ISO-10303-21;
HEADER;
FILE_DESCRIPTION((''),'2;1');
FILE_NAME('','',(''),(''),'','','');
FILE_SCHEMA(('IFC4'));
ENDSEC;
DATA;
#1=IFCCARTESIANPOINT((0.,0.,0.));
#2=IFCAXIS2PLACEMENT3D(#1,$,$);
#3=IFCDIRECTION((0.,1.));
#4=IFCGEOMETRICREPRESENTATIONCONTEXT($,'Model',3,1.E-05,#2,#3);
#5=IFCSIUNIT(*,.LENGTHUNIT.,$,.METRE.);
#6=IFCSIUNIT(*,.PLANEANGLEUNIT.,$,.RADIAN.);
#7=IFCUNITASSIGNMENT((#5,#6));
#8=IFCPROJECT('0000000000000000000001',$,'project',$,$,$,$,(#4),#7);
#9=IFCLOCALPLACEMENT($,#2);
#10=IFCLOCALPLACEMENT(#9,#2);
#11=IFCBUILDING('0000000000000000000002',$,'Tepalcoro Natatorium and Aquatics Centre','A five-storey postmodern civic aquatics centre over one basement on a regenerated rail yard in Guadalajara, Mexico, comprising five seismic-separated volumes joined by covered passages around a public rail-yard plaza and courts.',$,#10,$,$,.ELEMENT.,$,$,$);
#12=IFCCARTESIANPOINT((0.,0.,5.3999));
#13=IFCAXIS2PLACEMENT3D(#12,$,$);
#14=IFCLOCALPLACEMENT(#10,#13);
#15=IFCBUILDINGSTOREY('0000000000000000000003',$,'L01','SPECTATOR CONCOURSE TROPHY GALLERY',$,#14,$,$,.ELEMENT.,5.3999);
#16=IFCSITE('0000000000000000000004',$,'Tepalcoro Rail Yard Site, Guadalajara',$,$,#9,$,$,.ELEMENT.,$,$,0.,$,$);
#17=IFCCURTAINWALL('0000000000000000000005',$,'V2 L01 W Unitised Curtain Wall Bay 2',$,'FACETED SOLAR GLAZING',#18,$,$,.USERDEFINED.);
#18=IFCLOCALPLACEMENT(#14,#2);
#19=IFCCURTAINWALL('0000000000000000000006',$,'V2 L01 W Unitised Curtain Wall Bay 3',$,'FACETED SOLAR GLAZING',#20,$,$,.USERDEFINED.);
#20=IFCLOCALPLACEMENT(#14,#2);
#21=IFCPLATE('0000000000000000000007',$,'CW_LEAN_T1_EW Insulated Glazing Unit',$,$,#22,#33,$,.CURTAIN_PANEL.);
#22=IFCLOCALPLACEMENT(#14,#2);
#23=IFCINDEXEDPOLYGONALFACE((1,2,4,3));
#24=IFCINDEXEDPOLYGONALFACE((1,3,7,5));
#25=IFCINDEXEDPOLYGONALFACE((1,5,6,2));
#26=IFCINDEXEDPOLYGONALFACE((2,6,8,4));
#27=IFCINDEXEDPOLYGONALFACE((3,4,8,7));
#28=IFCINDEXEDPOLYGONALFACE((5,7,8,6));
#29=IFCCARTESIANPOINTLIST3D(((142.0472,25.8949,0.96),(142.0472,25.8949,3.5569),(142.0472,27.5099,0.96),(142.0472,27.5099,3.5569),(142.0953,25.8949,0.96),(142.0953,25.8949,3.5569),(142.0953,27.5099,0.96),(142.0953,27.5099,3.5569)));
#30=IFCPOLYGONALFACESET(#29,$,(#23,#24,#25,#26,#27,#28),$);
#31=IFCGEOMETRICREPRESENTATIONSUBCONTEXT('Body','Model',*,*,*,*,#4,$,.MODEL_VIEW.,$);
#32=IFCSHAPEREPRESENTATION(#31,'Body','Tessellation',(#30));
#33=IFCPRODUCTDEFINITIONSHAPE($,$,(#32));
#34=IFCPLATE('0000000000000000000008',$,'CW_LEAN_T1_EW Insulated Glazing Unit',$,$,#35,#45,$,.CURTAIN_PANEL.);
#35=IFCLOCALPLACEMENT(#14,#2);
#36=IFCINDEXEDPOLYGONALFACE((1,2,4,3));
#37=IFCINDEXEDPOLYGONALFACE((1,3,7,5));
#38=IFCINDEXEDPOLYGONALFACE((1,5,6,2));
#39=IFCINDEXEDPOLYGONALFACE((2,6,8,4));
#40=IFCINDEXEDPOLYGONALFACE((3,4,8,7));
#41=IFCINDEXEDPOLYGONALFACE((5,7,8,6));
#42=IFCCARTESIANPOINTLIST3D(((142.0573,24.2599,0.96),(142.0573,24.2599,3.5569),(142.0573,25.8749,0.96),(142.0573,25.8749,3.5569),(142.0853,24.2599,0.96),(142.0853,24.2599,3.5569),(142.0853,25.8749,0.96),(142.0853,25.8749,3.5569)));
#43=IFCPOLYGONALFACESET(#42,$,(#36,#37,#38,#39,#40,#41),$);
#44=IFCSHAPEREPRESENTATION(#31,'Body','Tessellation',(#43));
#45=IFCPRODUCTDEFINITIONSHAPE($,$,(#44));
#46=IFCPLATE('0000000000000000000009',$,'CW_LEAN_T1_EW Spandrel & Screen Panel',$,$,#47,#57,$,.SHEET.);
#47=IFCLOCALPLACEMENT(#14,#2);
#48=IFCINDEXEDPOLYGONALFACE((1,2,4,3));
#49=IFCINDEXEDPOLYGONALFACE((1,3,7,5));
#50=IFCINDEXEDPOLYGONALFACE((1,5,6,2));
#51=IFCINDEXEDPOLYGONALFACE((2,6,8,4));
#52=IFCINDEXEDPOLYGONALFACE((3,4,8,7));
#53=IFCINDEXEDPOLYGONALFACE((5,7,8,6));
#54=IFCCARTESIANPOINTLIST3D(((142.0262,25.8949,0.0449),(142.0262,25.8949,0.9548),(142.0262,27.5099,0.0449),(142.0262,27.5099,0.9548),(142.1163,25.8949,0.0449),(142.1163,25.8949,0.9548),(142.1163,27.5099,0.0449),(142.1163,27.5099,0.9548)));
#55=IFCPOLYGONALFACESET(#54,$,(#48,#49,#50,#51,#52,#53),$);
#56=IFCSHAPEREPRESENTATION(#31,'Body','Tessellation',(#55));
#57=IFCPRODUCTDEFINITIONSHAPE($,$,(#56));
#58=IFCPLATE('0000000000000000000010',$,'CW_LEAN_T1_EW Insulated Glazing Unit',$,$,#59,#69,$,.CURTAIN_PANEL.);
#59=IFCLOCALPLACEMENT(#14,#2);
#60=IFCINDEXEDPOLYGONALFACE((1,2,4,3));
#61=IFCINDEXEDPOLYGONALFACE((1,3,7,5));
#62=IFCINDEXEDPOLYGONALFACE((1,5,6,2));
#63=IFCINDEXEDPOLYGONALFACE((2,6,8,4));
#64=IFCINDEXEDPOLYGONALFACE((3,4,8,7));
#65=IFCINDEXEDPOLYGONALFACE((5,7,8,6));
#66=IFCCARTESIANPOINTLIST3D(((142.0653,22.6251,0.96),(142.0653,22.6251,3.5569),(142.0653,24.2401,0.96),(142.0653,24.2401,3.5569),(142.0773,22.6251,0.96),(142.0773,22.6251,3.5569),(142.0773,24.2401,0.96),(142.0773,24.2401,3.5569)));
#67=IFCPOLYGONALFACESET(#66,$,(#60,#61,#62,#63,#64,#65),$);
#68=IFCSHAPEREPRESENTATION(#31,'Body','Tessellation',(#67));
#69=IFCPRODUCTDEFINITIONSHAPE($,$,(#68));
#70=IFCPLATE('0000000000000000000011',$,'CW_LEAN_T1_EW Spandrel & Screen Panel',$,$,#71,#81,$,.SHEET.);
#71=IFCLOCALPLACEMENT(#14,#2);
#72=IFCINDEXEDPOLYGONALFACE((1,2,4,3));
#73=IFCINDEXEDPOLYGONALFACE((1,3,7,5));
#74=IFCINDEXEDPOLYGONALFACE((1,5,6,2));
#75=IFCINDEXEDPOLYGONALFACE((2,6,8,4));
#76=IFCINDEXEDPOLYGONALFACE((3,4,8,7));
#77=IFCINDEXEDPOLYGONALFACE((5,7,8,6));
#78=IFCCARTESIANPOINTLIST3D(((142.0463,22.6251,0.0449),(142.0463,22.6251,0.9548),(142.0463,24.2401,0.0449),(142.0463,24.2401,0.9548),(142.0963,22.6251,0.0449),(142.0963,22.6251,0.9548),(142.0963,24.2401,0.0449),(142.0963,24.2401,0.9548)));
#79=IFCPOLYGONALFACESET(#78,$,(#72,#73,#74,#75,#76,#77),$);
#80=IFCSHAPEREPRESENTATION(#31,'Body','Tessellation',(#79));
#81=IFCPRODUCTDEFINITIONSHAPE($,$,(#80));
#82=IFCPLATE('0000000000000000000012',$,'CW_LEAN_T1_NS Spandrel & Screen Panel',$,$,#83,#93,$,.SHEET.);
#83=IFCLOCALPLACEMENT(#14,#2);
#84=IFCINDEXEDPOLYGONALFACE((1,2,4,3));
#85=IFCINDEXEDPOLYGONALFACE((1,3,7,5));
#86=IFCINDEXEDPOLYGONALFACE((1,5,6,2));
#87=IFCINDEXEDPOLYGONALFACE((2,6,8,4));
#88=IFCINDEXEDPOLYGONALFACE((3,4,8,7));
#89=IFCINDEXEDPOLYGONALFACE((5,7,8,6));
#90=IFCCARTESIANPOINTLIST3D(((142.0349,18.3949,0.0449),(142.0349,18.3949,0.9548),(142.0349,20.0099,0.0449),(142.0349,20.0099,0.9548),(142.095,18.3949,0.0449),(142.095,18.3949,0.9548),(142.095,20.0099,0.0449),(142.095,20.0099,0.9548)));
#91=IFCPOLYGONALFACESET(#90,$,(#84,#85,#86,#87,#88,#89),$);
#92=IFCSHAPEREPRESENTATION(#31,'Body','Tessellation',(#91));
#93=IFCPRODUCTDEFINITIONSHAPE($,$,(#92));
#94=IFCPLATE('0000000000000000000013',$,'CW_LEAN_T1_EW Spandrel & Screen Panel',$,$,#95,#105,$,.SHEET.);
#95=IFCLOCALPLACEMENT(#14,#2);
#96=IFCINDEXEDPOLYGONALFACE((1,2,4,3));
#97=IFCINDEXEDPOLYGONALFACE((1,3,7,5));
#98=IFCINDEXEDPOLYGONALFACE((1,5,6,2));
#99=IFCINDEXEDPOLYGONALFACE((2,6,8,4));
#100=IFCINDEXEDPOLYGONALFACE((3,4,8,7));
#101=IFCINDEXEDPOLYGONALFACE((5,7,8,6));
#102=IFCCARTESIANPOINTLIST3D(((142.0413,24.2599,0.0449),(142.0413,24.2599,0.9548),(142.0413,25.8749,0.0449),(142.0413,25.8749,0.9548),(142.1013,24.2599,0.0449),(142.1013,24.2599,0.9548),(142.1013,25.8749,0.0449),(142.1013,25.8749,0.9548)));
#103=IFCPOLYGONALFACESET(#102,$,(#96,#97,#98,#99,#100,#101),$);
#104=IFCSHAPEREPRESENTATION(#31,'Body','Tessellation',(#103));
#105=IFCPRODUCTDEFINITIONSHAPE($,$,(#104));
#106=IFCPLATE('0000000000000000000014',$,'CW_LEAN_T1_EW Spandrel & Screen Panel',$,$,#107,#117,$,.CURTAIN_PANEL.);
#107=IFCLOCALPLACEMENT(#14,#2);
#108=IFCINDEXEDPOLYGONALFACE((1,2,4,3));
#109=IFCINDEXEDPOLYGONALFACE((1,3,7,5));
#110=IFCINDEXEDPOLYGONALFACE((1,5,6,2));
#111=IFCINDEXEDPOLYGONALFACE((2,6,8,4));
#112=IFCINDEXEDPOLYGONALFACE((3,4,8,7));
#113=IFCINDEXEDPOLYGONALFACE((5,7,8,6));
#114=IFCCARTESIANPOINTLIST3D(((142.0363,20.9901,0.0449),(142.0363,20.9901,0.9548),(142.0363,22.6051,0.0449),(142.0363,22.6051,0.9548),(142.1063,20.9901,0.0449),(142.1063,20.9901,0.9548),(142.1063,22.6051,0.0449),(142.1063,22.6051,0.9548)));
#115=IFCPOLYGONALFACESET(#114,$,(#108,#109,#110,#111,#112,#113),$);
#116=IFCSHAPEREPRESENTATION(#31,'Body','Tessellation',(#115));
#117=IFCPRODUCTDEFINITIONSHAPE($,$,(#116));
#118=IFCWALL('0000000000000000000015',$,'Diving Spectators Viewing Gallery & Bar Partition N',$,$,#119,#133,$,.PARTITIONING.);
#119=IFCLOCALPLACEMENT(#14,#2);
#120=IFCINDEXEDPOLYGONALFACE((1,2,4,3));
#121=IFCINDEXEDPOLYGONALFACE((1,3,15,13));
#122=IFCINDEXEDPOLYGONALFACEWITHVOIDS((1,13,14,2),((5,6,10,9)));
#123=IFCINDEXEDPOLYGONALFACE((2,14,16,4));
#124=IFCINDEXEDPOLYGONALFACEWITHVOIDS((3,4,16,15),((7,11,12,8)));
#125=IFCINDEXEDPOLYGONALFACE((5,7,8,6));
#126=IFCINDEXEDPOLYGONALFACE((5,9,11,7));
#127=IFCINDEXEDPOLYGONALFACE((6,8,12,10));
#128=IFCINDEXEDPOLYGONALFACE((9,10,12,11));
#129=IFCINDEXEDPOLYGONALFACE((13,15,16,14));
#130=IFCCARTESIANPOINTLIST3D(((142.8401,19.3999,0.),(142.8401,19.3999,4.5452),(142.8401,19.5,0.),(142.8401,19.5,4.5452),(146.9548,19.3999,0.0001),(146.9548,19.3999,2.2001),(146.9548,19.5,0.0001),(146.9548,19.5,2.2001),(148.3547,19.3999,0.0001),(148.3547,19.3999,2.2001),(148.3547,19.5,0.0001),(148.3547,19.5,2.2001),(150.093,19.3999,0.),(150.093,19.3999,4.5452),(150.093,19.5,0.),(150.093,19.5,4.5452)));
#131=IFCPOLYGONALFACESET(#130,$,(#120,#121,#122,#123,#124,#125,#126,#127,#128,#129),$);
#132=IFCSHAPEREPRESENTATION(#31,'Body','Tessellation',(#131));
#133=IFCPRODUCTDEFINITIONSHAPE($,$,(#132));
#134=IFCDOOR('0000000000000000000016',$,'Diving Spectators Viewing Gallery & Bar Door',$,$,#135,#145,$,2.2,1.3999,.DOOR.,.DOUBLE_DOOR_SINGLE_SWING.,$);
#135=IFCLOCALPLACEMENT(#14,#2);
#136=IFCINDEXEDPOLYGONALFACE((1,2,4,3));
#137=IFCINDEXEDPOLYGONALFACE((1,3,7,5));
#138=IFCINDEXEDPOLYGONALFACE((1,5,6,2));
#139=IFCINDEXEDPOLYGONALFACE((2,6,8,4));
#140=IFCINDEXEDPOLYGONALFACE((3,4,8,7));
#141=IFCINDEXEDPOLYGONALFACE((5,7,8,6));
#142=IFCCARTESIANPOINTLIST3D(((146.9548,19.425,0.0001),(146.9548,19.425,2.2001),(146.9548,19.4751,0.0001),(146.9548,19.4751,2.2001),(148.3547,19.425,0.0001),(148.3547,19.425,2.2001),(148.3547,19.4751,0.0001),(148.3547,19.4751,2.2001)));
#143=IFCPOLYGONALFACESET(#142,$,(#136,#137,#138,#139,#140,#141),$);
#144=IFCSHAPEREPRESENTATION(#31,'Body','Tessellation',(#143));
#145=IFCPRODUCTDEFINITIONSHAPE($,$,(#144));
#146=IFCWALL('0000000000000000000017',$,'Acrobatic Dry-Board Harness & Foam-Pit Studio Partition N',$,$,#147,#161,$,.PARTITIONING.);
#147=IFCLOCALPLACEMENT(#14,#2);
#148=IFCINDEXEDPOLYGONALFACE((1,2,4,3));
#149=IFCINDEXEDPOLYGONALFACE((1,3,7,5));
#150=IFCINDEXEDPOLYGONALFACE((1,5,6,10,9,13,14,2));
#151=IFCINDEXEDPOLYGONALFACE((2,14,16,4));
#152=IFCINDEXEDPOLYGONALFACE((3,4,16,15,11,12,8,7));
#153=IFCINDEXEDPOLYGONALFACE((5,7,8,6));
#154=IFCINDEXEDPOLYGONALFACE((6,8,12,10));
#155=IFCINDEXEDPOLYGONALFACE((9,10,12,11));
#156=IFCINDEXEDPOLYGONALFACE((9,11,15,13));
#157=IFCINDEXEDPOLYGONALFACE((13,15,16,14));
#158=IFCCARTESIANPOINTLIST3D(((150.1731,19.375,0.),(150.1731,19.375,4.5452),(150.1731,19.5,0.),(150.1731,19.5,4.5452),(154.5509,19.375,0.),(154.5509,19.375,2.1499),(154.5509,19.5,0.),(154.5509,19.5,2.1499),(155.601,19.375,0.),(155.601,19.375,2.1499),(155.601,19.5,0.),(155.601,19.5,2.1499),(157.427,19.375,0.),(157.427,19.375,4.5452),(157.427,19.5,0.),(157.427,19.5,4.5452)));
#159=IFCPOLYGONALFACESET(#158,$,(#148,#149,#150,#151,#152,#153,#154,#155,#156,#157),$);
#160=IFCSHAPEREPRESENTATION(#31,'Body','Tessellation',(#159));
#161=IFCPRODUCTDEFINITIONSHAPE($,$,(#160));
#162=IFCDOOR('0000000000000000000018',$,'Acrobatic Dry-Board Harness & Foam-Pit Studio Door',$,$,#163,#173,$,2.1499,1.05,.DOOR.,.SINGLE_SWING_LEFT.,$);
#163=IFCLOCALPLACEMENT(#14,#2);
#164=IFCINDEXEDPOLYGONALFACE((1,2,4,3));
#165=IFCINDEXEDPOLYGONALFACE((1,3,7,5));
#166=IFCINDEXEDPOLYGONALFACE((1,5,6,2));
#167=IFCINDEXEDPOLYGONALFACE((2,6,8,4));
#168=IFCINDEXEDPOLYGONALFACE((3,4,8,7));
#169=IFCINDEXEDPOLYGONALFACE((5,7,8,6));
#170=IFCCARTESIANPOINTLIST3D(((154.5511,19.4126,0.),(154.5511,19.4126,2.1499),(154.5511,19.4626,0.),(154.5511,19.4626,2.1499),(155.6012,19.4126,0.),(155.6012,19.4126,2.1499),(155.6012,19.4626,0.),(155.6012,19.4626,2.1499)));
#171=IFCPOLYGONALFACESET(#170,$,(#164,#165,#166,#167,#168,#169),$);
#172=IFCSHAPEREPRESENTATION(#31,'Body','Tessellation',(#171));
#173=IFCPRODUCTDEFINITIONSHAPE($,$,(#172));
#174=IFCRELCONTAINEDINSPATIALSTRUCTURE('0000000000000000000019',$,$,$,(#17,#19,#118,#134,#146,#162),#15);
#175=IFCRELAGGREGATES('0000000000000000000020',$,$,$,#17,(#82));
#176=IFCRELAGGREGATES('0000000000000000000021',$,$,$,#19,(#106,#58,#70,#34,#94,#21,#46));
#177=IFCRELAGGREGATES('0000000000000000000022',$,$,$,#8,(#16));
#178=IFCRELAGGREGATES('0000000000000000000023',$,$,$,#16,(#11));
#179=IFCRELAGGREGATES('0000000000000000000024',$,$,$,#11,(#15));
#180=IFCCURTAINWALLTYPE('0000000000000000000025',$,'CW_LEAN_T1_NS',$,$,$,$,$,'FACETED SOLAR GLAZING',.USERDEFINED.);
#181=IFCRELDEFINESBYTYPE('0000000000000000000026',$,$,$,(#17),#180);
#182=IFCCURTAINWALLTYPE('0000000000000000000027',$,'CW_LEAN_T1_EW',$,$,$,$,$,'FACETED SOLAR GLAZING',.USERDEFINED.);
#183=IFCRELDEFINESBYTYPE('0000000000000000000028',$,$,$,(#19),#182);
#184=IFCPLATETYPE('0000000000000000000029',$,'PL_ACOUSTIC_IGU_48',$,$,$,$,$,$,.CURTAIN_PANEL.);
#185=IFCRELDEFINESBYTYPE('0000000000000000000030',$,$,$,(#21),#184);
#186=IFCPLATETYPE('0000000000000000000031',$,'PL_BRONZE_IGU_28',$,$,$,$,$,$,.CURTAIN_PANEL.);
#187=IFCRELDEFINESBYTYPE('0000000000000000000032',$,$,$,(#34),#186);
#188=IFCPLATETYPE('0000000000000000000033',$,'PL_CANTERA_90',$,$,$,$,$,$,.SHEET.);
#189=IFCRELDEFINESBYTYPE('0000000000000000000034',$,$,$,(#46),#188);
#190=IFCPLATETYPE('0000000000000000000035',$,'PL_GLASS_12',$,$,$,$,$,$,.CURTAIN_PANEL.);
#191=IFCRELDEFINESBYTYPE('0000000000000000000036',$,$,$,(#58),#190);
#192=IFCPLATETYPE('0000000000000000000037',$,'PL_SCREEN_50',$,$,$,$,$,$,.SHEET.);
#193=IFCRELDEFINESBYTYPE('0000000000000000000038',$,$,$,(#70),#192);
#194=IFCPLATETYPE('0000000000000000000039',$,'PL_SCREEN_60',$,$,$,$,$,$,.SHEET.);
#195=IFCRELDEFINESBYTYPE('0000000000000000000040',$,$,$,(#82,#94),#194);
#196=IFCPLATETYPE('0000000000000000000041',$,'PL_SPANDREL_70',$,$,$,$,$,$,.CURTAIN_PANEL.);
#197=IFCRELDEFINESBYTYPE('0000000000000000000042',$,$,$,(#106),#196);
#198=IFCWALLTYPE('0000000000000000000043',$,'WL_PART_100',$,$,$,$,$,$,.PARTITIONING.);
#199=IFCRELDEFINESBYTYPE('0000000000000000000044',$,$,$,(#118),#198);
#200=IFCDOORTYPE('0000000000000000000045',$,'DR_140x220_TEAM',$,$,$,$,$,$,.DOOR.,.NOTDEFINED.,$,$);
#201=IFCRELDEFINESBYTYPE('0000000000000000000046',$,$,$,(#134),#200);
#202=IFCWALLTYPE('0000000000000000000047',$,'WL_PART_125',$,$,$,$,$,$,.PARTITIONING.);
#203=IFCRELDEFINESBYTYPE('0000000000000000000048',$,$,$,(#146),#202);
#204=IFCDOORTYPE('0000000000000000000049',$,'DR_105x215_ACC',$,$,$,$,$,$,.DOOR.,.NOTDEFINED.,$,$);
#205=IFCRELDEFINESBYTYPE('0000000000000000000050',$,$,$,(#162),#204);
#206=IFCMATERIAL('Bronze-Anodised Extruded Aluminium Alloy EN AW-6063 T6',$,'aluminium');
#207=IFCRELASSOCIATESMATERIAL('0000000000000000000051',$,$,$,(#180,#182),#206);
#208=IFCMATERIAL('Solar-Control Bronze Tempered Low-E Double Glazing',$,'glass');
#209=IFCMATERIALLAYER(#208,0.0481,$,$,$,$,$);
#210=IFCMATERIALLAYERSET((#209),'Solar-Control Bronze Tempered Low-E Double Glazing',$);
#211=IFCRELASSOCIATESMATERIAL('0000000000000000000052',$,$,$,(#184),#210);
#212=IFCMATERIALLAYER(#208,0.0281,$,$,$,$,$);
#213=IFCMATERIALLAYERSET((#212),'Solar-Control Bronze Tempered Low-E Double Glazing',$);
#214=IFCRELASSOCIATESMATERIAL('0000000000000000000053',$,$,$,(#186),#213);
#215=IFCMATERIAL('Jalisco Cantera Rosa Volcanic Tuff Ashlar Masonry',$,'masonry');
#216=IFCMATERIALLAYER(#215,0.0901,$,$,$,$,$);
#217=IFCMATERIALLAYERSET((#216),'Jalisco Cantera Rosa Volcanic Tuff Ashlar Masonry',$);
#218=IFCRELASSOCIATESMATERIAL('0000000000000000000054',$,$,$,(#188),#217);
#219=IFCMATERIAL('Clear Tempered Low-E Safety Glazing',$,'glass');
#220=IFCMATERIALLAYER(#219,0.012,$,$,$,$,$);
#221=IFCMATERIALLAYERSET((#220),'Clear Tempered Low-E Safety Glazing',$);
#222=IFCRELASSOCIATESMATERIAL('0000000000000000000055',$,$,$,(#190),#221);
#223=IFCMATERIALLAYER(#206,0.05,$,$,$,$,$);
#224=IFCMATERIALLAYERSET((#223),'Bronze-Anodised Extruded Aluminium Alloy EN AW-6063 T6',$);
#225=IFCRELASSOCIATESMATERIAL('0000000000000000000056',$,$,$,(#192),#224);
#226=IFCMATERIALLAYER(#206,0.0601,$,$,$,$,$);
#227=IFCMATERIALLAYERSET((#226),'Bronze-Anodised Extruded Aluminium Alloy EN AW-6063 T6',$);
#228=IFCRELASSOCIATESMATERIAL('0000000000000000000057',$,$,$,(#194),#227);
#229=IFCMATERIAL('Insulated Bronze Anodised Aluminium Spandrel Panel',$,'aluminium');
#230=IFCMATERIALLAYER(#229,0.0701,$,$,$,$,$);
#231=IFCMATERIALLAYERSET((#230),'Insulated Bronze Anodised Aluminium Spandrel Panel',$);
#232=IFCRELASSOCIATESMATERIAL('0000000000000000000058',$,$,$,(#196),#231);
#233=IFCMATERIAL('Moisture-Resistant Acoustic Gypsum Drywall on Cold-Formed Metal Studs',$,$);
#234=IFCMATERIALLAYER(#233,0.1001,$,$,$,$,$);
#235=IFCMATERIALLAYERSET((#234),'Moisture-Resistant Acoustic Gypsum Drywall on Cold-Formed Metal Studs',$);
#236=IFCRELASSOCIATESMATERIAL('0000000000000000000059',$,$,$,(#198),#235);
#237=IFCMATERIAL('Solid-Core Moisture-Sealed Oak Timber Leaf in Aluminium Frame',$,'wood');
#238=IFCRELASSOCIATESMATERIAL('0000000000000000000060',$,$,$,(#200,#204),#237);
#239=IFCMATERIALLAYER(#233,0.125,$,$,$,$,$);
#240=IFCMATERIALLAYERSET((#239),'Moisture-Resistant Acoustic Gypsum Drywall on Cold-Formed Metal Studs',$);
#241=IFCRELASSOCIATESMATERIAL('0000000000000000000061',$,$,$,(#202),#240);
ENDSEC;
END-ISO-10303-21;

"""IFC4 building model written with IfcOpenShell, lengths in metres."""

from ifc_helpers import new_model, si_unit, direction, frame, frame_2d, origin, origin_2d, place, context, subcontext, project, spatial, rectangle, extrude, material, layer, layer_set, type_object, element, fill, aggregate, save


model = new_model("IFC4")

# Units and contexts
model_context = context("Model", 3, precision=1e-05, world=origin(), true_north=direction((0.0, 1.0)))
body_context = subcontext(model_context, "Body", "Model", "MODEL_VIEW")
ifc_project = project(units=[si_unit("LENGTHUNIT", "METRE"), si_unit("PLANEANGLEUNIT", "RADIAN")], contexts=[model_context])

# Site, building, storey
site_placement = place(None, origin())
site = spatial("IfcSite", under=ifc_project, at=site_placement, Name="Tepalcoro Rail Yard Site, Guadalajara", CompositionType="ELEMENT", RefElevation=0.0)
building_placement = place(site_placement, origin())
building = spatial("IfcBuilding", under=site, at=building_placement, Name="Tepalcoro Natatorium and Aquatics Centre", Description="A five-storey postmodern civic aquatics centre over one basement on a regenerated rail yard in Guadalajara, Mexico, comprising five seismic-separated volumes joined by covered passages around a public rail-yard plaza and courts.", CompositionType="ELEMENT")
storey_placement = place(building_placement, frame((0.0, 0.0, 5.3999)))
storey = spatial("IfcBuildingStorey", under=building, at=storey_placement, Name="L01", Description="SPECTATOR CONCOURSE TROPHY GALLERY", CompositionType="ELEMENT", Elevation=5.3999)

# Curtain wall
ifc_material_1 = material(Name="Bronze-Anodised Extruded Aluminium Alloy EN AW-6063 T6", Category="aluminium")
curtain_wall_type_1 = type_object("IfcCurtainWallType", Name="CW_LEAN_T1_NS", ElementType="FACETED SOLAR GLAZING", PredefinedType="USERDEFINED", material=ifc_material_1)
curtain_wall_1_placement = place(storey_placement, origin())
curtain_wall_1 = element("IfcCurtainWall", 1, at=curtain_wall_1_placement, inside=storey, type_object=curtain_wall_type_1, Name="V2 L01 W Unitised Curtain Wall Bay 2", ObjectType="FACETED SOLAR GLAZING", PredefinedType="USERDEFINED")

# Curtain wall, plates
curtain_wall_type_2 = type_object("IfcCurtainWallType", Name="CW_LEAN_T1_EW", ElementType="FACETED SOLAR GLAZING", PredefinedType="USERDEFINED", material=ifc_material_1)
curtain_wall_2_placement = place(storey_placement, origin())
curtain_wall_2 = element("IfcCurtainWall", 2, at=curtain_wall_2_placement, inside=storey, type_object=curtain_wall_type_2, Name="V2 L01 W Unitised Curtain Wall Bay 3", ObjectType="FACETED SOLAR GLAZING", PredefinedType="USERDEFINED")
ifc_material_2 = material(Name="Solar-Control Bronze Tempered Low-E Double Glazing", Category="glass")
ifc_layer_1 = layer(ifc_material_2, 0.0481)
ifc_layer_set_1 = layer_set([ifc_layer_1], Name="Solar-Control Bronze Tempered Low-E Double Glazing")
plate_type_1 = type_object("IfcPlateType", Name="PL_ACOUSTIC_IGU_48", PredefinedType="CURTAIN_PANEL", material=ifc_layer_set_1)
plate_1_placement = place(storey_placement, frame((142.0713, 26.7024, 0.96), z_axis=(0.0, 0.0, 1.0), x_axis=(1.0, 0.0, 0.0)))
plate_1 = element("IfcPlate", 3, at=plate_1_placement, type_object=plate_type_1, Name="CW_LEAN_T1_EW Insulated Glazing Unit", PredefinedType="CURTAIN_PANEL", context=body_context, shape_type="SweptSolid", body=[
    extrude(rectangle(XDim=0.0481, YDim=1.615, at=origin_2d()), origin(), (0.0, 0.0, 1.0), 2.5969),
])
ifc_layer_2 = layer(ifc_material_2, 0.0281)
ifc_layer_set_2 = layer_set([ifc_layer_2], Name="Solar-Control Bronze Tempered Low-E Double Glazing")
plate_type_2 = type_object("IfcPlateType", Name="PL_BRONZE_IGU_28", PredefinedType="CURTAIN_PANEL", material=ifc_layer_set_2)
plate_2_placement = place(storey_placement, frame((142.0713, 25.0674, 0.96), z_axis=(0.0, 0.0, 1.0), x_axis=(1.0, 0.0, 0.0)))
plate_2 = element("IfcPlate", 4, at=plate_2_placement, type_object=plate_type_2, Name="CW_LEAN_T1_EW Insulated Glazing Unit", PredefinedType="CURTAIN_PANEL", context=body_context, shape_type="SweptSolid", body=[
    extrude(rectangle(XDim=0.0281, YDim=1.615, at=origin_2d()), origin(), (0.0, 0.0, 1.0), 2.5969),
])
ifc_material_3 = material(Name="Jalisco Cantera Rosa Volcanic Tuff Ashlar Masonry", Category="masonry")
ifc_layer_3 = layer(ifc_material_3, 0.0901)
ifc_layer_set_3 = layer_set([ifc_layer_3], Name="Jalisco Cantera Rosa Volcanic Tuff Ashlar Masonry")
plate_type_3 = type_object("IfcPlateType", Name="PL_CANTERA_90", PredefinedType="SHEET", material=ifc_layer_set_3)
plate_3_placement = place(storey_placement, frame((142.0713, 26.7024, 0.0449), z_axis=(0.0, 0.0, 1.0), x_axis=(1.0, 0.0, 0.0)))
plate_3 = element("IfcPlate", 5, at=plate_3_placement, type_object=plate_type_3, Name="CW_LEAN_T1_EW Spandrel & Screen Panel", PredefinedType="SHEET", context=body_context, shape_type="SweptSolid", body=[
    extrude(rectangle(XDim=0.0901, YDim=1.615, at=origin_2d()), origin(), (0.0, 0.0, 1.0), 0.9099),
])
ifc_material_4 = material(Name="Clear Tempered Low-E Safety Glazing", Category="glass")
ifc_layer_4 = layer(ifc_material_4, 0.012)
ifc_layer_set_4 = layer_set([ifc_layer_4], Name="Clear Tempered Low-E Safety Glazing")
plate_type_4 = type_object("IfcPlateType", Name="PL_GLASS_12", PredefinedType="CURTAIN_PANEL", material=ifc_layer_set_4)
plate_4_placement = place(storey_placement, frame((142.0713, 23.4326, 0.96), z_axis=(0.0, 0.0, 1.0), x_axis=(1.0, 0.0, 0.0)))
plate_4 = element("IfcPlate", 6, at=plate_4_placement, type_object=plate_type_4, Name="CW_LEAN_T1_EW Insulated Glazing Unit", PredefinedType="CURTAIN_PANEL", context=body_context, shape_type="SweptSolid", body=[
    extrude(rectangle(XDim=0.012, YDim=1.615, at=origin_2d()), origin(), (0.0, 0.0, 1.0), 2.5969),
])
ifc_layer_5 = layer(ifc_material_1, 0.05)
ifc_layer_set_5 = layer_set([ifc_layer_5], Name="Bronze-Anodised Extruded Aluminium Alloy EN AW-6063 T6")
plate_type_5 = type_object("IfcPlateType", Name="PL_SCREEN_50", PredefinedType="SHEET", material=ifc_layer_set_5)
plate_5_placement = place(storey_placement, frame((142.0713, 23.4326, 0.0449), z_axis=(0.0, 0.0, 1.0), x_axis=(1.0, 0.0, 0.0)))
plate_5 = element("IfcPlate", 7, at=plate_5_placement, type_object=plate_type_5, Name="CW_LEAN_T1_EW Spandrel & Screen Panel", PredefinedType="SHEET", context=body_context, shape_type="SweptSolid", body=[
    extrude(rectangle(XDim=0.05, YDim=1.615, at=origin_2d()), origin(), (0.0, 0.0, 1.0), 0.9099),
])

# Plates
ifc_layer_6 = layer(ifc_material_1, 0.0601)
ifc_layer_set_6 = layer_set([ifc_layer_6], Name="Bronze-Anodised Extruded Aluminium Alloy EN AW-6063 T6")
plate_type_6 = type_object("IfcPlateType", Name="PL_SCREEN_60", PredefinedType="SHEET", material=ifc_layer_set_6)
plate_6_placement = place(storey_placement, frame((142.0649, 19.2024, 0.0449), z_axis=(0.0, 0.0, 1.0), x_axis=(1.0, 0.0, 0.0)))
plate_6 = element("IfcPlate", 8, at=plate_6_placement, type_object=plate_type_6, Name="CW_LEAN_T1_NS Spandrel & Screen Panel", PredefinedType="SHEET", context=body_context, shape_type="SweptSolid", body=[
    extrude(rectangle(XDim=0.0601, YDim=1.615, at=origin_2d()), origin(), (0.0, 0.0, 1.0), 0.9099),
])
aggregate(curtain_wall_1, [plate_6])
plate_7_placement = place(storey_placement, frame((142.0713, 25.0674, 0.0449), z_axis=(0.0, 0.0, 1.0), x_axis=(1.0, 0.0, 0.0)))
plate_7 = element("IfcPlate", 9, at=plate_7_placement, type_object=plate_type_6, Name="CW_LEAN_T1_EW Spandrel & Screen Panel", PredefinedType="SHEET", context=body_context, shape_type="SweptSolid", body=[
    extrude(rectangle(XDim=0.0601, YDim=1.615, at=origin_2d()), origin(), (0.0, 0.0, 1.0), 0.9099),
])
ifc_material_5 = material(Name="Insulated Bronze Anodised Aluminium Spandrel Panel", Category="aluminium")
ifc_layer_7 = layer(ifc_material_5, 0.0701)
ifc_layer_set_7 = layer_set([ifc_layer_7], Name="Insulated Bronze Anodised Aluminium Spandrel Panel")
plate_type_7 = type_object("IfcPlateType", Name="PL_SPANDREL_70", PredefinedType="CURTAIN_PANEL", material=ifc_layer_set_7)
plate_8_placement = place(storey_placement, frame((142.0713, 21.7976, 0.0449), z_axis=(0.0, 0.0, 1.0), x_axis=(1.0, 0.0, 0.0)))
plate_8 = element("IfcPlate", 10, at=plate_8_placement, type_object=plate_type_7, Name="CW_LEAN_T1_EW Spandrel & Screen Panel", PredefinedType="CURTAIN_PANEL", context=body_context, shape_type="SweptSolid", body=[
    extrude(rectangle(XDim=0.0701, YDim=1.615, at=origin_2d()), origin(), (0.0, 0.0, 1.0), 0.9099),
])
aggregate(curtain_wall_2, [plate_8, plate_4, plate_5, plate_2, plate_7, plate_1, plate_3])

# Walls, openings, doors
ifc_material_6 = material(Name="Moisture-Resistant Acoustic Gypsum Drywall on Cold-Formed Metal Studs")
ifc_layer_8 = layer(ifc_material_6, 0.1001)
ifc_layer_set_8 = layer_set([ifc_layer_8], Name="Moisture-Resistant Acoustic Gypsum Drywall on Cold-Formed Metal Studs")
wall_type_1 = type_object("IfcWallType", Name="WL_PART_100", PredefinedType="PARTITIONING", material=ifc_layer_set_8)
wall_1_placement = place(storey_placement, frame((142.8401, 19.45, 0.0), z_axis=(0.0, 0.0, 1.0), x_axis=(1.0, 0.0, 0.0)))
wall_1 = element("IfcWall", 11, at=wall_1_placement, inside=storey, type_object=wall_type_1, Name="Diving Spectators Viewing Gallery & Bar Partition N", PredefinedType="PARTITIONING", context=body_context, shape_type="SweptSolid", body=[
    extrude(rectangle(XDim=7.2529, YDim=0.1001, at=frame_2d((3.6265, 0.0))), origin(), (0.0, 0.0, 1.0), 4.5452),
])
opening_1_placement = place(wall_1_placement, frame((4.1147, 0.0, 0.0)))
opening_1 = element("IfcOpeningElement", 12, at=opening_1_placement, cuts=wall_1, PredefinedType="OPENING", context=body_context, shape_type="SweptSolid", body=[
    extrude(rectangle(XDim=1.3999, YDim=2.2, at=frame_2d((0.7, 1.1001))), frame((0.0, 0.062, 0.0), z_axis=(0.0, -1.0, 0.0), x_axis=(1.0, 0.0, 0.0)), (0.0, 0.0, 1.0), 0.124),
])
ifc_material_7 = material(Name="Solid-Core Moisture-Sealed Oak Timber Leaf in Aluminium Frame", Category="wood")
door_type_1 = type_object("IfcDoorType", Name="DR_140x220_TEAM", OperationType="NOTDEFINED", PredefinedType="DOOR", material=ifc_material_7)
door_1_placement = place(opening_1_placement, frame((1.3999, 0.0, 0.0), z_axis=(0.0, 0.0, 1.0), x_axis=(-1.0, 0.0, 0.0)))
door_1 = element("IfcDoor", 13, at=door_1_placement, inside=storey, type_object=door_type_1, Name="Diving Spectators Viewing Gallery & Bar Door", OperationType="DOUBLE_DOOR_SINGLE_SWING", OverallHeight=2.2, OverallWidth=1.3999, PredefinedType="DOOR", context=body_context, shape_type="SweptSolid", body=[
    extrude(rectangle(XDim=1.3999, YDim=2.2, at=frame_2d((0.7, 1.1001))), frame((0.0, 0.0249, 0.0), z_axis=(0.0, -1.0, 0.0), x_axis=(1.0, 0.0, 0.0)), (0.0, 0.0, 1.0), 0.05),
])
fill(opening_1, door_1)
ifc_layer_9 = layer(ifc_material_6, 0.125)
ifc_layer_set_9 = layer_set([ifc_layer_9], Name="Moisture-Resistant Acoustic Gypsum Drywall on Cold-Formed Metal Studs")
wall_type_2 = type_object("IfcWallType", Name="WL_PART_125", PredefinedType="PARTITIONING", material=ifc_layer_set_9)
wall_2_placement = place(storey_placement, frame((150.1731, 19.4375, 0.0), z_axis=(0.0, 0.0, 1.0), x_axis=(1.0, 0.0, 0.0)))
wall_2 = element("IfcWall", 14, at=wall_2_placement, inside=storey, type_object=wall_type_2, Name="Acrobatic Dry-Board Harness & Foam-Pit Studio Partition N", PredefinedType="PARTITIONING", context=body_context, shape_type="SweptSolid", body=[
    extrude(rectangle(XDim=7.2539, YDim=0.125, at=frame_2d((3.627, 0.0))), origin(), (0.0, 0.0, 1.0), 4.5452),
])
opening_2_placement = place(wall_2_placement, frame((4.3779, 0.0, 0.0)))
opening_2 = element("IfcOpeningElement", 15, at=opening_2_placement, cuts=wall_2, PredefinedType="OPENING", context=body_context, shape_type="SweptSolid", body=[
    extrude(rectangle(XDim=1.05, YDim=2.1499, at=frame_2d((0.5249, 1.075))), frame((0.0, 0.0745, 0.0), z_axis=(0.0, -1.0, 0.0), x_axis=(1.0, 0.0, 0.0)), (0.0, 0.0, 1.0), 0.1489),
])
door_type_2 = type_object("IfcDoorType", Name="DR_105x215_ACC", OperationType="NOTDEFINED", PredefinedType="DOOR", material=ifc_material_7)
door_2_placement = place(opening_2_placement, frame((1.05, 0.0, 0.0), z_axis=(0.0, 0.0, 1.0), x_axis=(-1.0, 0.0, 0.0)))
door_2 = element("IfcDoor", 16, at=door_2_placement, inside=storey, type_object=door_type_2, Name="Acrobatic Dry-Board Harness & Foam-Pit Studio Door", OperationType="SINGLE_SWING_LEFT", OverallHeight=2.1499, OverallWidth=1.05, PredefinedType="DOOR", context=body_context, shape_type="SweptSolid", body=[
    extrude(rectangle(XDim=1.05, YDim=2.1499, at=frame_2d((0.5249, 1.075))), frame((0.0, 0.0249, 0.0), z_axis=(0.0, -1.0, 0.0), x_axis=(1.0, 0.0, 0.0)), (0.0, 0.0, 1.0), 0.05),
])
fill(opening_2, door_2)

save(model, "model.ifc")
